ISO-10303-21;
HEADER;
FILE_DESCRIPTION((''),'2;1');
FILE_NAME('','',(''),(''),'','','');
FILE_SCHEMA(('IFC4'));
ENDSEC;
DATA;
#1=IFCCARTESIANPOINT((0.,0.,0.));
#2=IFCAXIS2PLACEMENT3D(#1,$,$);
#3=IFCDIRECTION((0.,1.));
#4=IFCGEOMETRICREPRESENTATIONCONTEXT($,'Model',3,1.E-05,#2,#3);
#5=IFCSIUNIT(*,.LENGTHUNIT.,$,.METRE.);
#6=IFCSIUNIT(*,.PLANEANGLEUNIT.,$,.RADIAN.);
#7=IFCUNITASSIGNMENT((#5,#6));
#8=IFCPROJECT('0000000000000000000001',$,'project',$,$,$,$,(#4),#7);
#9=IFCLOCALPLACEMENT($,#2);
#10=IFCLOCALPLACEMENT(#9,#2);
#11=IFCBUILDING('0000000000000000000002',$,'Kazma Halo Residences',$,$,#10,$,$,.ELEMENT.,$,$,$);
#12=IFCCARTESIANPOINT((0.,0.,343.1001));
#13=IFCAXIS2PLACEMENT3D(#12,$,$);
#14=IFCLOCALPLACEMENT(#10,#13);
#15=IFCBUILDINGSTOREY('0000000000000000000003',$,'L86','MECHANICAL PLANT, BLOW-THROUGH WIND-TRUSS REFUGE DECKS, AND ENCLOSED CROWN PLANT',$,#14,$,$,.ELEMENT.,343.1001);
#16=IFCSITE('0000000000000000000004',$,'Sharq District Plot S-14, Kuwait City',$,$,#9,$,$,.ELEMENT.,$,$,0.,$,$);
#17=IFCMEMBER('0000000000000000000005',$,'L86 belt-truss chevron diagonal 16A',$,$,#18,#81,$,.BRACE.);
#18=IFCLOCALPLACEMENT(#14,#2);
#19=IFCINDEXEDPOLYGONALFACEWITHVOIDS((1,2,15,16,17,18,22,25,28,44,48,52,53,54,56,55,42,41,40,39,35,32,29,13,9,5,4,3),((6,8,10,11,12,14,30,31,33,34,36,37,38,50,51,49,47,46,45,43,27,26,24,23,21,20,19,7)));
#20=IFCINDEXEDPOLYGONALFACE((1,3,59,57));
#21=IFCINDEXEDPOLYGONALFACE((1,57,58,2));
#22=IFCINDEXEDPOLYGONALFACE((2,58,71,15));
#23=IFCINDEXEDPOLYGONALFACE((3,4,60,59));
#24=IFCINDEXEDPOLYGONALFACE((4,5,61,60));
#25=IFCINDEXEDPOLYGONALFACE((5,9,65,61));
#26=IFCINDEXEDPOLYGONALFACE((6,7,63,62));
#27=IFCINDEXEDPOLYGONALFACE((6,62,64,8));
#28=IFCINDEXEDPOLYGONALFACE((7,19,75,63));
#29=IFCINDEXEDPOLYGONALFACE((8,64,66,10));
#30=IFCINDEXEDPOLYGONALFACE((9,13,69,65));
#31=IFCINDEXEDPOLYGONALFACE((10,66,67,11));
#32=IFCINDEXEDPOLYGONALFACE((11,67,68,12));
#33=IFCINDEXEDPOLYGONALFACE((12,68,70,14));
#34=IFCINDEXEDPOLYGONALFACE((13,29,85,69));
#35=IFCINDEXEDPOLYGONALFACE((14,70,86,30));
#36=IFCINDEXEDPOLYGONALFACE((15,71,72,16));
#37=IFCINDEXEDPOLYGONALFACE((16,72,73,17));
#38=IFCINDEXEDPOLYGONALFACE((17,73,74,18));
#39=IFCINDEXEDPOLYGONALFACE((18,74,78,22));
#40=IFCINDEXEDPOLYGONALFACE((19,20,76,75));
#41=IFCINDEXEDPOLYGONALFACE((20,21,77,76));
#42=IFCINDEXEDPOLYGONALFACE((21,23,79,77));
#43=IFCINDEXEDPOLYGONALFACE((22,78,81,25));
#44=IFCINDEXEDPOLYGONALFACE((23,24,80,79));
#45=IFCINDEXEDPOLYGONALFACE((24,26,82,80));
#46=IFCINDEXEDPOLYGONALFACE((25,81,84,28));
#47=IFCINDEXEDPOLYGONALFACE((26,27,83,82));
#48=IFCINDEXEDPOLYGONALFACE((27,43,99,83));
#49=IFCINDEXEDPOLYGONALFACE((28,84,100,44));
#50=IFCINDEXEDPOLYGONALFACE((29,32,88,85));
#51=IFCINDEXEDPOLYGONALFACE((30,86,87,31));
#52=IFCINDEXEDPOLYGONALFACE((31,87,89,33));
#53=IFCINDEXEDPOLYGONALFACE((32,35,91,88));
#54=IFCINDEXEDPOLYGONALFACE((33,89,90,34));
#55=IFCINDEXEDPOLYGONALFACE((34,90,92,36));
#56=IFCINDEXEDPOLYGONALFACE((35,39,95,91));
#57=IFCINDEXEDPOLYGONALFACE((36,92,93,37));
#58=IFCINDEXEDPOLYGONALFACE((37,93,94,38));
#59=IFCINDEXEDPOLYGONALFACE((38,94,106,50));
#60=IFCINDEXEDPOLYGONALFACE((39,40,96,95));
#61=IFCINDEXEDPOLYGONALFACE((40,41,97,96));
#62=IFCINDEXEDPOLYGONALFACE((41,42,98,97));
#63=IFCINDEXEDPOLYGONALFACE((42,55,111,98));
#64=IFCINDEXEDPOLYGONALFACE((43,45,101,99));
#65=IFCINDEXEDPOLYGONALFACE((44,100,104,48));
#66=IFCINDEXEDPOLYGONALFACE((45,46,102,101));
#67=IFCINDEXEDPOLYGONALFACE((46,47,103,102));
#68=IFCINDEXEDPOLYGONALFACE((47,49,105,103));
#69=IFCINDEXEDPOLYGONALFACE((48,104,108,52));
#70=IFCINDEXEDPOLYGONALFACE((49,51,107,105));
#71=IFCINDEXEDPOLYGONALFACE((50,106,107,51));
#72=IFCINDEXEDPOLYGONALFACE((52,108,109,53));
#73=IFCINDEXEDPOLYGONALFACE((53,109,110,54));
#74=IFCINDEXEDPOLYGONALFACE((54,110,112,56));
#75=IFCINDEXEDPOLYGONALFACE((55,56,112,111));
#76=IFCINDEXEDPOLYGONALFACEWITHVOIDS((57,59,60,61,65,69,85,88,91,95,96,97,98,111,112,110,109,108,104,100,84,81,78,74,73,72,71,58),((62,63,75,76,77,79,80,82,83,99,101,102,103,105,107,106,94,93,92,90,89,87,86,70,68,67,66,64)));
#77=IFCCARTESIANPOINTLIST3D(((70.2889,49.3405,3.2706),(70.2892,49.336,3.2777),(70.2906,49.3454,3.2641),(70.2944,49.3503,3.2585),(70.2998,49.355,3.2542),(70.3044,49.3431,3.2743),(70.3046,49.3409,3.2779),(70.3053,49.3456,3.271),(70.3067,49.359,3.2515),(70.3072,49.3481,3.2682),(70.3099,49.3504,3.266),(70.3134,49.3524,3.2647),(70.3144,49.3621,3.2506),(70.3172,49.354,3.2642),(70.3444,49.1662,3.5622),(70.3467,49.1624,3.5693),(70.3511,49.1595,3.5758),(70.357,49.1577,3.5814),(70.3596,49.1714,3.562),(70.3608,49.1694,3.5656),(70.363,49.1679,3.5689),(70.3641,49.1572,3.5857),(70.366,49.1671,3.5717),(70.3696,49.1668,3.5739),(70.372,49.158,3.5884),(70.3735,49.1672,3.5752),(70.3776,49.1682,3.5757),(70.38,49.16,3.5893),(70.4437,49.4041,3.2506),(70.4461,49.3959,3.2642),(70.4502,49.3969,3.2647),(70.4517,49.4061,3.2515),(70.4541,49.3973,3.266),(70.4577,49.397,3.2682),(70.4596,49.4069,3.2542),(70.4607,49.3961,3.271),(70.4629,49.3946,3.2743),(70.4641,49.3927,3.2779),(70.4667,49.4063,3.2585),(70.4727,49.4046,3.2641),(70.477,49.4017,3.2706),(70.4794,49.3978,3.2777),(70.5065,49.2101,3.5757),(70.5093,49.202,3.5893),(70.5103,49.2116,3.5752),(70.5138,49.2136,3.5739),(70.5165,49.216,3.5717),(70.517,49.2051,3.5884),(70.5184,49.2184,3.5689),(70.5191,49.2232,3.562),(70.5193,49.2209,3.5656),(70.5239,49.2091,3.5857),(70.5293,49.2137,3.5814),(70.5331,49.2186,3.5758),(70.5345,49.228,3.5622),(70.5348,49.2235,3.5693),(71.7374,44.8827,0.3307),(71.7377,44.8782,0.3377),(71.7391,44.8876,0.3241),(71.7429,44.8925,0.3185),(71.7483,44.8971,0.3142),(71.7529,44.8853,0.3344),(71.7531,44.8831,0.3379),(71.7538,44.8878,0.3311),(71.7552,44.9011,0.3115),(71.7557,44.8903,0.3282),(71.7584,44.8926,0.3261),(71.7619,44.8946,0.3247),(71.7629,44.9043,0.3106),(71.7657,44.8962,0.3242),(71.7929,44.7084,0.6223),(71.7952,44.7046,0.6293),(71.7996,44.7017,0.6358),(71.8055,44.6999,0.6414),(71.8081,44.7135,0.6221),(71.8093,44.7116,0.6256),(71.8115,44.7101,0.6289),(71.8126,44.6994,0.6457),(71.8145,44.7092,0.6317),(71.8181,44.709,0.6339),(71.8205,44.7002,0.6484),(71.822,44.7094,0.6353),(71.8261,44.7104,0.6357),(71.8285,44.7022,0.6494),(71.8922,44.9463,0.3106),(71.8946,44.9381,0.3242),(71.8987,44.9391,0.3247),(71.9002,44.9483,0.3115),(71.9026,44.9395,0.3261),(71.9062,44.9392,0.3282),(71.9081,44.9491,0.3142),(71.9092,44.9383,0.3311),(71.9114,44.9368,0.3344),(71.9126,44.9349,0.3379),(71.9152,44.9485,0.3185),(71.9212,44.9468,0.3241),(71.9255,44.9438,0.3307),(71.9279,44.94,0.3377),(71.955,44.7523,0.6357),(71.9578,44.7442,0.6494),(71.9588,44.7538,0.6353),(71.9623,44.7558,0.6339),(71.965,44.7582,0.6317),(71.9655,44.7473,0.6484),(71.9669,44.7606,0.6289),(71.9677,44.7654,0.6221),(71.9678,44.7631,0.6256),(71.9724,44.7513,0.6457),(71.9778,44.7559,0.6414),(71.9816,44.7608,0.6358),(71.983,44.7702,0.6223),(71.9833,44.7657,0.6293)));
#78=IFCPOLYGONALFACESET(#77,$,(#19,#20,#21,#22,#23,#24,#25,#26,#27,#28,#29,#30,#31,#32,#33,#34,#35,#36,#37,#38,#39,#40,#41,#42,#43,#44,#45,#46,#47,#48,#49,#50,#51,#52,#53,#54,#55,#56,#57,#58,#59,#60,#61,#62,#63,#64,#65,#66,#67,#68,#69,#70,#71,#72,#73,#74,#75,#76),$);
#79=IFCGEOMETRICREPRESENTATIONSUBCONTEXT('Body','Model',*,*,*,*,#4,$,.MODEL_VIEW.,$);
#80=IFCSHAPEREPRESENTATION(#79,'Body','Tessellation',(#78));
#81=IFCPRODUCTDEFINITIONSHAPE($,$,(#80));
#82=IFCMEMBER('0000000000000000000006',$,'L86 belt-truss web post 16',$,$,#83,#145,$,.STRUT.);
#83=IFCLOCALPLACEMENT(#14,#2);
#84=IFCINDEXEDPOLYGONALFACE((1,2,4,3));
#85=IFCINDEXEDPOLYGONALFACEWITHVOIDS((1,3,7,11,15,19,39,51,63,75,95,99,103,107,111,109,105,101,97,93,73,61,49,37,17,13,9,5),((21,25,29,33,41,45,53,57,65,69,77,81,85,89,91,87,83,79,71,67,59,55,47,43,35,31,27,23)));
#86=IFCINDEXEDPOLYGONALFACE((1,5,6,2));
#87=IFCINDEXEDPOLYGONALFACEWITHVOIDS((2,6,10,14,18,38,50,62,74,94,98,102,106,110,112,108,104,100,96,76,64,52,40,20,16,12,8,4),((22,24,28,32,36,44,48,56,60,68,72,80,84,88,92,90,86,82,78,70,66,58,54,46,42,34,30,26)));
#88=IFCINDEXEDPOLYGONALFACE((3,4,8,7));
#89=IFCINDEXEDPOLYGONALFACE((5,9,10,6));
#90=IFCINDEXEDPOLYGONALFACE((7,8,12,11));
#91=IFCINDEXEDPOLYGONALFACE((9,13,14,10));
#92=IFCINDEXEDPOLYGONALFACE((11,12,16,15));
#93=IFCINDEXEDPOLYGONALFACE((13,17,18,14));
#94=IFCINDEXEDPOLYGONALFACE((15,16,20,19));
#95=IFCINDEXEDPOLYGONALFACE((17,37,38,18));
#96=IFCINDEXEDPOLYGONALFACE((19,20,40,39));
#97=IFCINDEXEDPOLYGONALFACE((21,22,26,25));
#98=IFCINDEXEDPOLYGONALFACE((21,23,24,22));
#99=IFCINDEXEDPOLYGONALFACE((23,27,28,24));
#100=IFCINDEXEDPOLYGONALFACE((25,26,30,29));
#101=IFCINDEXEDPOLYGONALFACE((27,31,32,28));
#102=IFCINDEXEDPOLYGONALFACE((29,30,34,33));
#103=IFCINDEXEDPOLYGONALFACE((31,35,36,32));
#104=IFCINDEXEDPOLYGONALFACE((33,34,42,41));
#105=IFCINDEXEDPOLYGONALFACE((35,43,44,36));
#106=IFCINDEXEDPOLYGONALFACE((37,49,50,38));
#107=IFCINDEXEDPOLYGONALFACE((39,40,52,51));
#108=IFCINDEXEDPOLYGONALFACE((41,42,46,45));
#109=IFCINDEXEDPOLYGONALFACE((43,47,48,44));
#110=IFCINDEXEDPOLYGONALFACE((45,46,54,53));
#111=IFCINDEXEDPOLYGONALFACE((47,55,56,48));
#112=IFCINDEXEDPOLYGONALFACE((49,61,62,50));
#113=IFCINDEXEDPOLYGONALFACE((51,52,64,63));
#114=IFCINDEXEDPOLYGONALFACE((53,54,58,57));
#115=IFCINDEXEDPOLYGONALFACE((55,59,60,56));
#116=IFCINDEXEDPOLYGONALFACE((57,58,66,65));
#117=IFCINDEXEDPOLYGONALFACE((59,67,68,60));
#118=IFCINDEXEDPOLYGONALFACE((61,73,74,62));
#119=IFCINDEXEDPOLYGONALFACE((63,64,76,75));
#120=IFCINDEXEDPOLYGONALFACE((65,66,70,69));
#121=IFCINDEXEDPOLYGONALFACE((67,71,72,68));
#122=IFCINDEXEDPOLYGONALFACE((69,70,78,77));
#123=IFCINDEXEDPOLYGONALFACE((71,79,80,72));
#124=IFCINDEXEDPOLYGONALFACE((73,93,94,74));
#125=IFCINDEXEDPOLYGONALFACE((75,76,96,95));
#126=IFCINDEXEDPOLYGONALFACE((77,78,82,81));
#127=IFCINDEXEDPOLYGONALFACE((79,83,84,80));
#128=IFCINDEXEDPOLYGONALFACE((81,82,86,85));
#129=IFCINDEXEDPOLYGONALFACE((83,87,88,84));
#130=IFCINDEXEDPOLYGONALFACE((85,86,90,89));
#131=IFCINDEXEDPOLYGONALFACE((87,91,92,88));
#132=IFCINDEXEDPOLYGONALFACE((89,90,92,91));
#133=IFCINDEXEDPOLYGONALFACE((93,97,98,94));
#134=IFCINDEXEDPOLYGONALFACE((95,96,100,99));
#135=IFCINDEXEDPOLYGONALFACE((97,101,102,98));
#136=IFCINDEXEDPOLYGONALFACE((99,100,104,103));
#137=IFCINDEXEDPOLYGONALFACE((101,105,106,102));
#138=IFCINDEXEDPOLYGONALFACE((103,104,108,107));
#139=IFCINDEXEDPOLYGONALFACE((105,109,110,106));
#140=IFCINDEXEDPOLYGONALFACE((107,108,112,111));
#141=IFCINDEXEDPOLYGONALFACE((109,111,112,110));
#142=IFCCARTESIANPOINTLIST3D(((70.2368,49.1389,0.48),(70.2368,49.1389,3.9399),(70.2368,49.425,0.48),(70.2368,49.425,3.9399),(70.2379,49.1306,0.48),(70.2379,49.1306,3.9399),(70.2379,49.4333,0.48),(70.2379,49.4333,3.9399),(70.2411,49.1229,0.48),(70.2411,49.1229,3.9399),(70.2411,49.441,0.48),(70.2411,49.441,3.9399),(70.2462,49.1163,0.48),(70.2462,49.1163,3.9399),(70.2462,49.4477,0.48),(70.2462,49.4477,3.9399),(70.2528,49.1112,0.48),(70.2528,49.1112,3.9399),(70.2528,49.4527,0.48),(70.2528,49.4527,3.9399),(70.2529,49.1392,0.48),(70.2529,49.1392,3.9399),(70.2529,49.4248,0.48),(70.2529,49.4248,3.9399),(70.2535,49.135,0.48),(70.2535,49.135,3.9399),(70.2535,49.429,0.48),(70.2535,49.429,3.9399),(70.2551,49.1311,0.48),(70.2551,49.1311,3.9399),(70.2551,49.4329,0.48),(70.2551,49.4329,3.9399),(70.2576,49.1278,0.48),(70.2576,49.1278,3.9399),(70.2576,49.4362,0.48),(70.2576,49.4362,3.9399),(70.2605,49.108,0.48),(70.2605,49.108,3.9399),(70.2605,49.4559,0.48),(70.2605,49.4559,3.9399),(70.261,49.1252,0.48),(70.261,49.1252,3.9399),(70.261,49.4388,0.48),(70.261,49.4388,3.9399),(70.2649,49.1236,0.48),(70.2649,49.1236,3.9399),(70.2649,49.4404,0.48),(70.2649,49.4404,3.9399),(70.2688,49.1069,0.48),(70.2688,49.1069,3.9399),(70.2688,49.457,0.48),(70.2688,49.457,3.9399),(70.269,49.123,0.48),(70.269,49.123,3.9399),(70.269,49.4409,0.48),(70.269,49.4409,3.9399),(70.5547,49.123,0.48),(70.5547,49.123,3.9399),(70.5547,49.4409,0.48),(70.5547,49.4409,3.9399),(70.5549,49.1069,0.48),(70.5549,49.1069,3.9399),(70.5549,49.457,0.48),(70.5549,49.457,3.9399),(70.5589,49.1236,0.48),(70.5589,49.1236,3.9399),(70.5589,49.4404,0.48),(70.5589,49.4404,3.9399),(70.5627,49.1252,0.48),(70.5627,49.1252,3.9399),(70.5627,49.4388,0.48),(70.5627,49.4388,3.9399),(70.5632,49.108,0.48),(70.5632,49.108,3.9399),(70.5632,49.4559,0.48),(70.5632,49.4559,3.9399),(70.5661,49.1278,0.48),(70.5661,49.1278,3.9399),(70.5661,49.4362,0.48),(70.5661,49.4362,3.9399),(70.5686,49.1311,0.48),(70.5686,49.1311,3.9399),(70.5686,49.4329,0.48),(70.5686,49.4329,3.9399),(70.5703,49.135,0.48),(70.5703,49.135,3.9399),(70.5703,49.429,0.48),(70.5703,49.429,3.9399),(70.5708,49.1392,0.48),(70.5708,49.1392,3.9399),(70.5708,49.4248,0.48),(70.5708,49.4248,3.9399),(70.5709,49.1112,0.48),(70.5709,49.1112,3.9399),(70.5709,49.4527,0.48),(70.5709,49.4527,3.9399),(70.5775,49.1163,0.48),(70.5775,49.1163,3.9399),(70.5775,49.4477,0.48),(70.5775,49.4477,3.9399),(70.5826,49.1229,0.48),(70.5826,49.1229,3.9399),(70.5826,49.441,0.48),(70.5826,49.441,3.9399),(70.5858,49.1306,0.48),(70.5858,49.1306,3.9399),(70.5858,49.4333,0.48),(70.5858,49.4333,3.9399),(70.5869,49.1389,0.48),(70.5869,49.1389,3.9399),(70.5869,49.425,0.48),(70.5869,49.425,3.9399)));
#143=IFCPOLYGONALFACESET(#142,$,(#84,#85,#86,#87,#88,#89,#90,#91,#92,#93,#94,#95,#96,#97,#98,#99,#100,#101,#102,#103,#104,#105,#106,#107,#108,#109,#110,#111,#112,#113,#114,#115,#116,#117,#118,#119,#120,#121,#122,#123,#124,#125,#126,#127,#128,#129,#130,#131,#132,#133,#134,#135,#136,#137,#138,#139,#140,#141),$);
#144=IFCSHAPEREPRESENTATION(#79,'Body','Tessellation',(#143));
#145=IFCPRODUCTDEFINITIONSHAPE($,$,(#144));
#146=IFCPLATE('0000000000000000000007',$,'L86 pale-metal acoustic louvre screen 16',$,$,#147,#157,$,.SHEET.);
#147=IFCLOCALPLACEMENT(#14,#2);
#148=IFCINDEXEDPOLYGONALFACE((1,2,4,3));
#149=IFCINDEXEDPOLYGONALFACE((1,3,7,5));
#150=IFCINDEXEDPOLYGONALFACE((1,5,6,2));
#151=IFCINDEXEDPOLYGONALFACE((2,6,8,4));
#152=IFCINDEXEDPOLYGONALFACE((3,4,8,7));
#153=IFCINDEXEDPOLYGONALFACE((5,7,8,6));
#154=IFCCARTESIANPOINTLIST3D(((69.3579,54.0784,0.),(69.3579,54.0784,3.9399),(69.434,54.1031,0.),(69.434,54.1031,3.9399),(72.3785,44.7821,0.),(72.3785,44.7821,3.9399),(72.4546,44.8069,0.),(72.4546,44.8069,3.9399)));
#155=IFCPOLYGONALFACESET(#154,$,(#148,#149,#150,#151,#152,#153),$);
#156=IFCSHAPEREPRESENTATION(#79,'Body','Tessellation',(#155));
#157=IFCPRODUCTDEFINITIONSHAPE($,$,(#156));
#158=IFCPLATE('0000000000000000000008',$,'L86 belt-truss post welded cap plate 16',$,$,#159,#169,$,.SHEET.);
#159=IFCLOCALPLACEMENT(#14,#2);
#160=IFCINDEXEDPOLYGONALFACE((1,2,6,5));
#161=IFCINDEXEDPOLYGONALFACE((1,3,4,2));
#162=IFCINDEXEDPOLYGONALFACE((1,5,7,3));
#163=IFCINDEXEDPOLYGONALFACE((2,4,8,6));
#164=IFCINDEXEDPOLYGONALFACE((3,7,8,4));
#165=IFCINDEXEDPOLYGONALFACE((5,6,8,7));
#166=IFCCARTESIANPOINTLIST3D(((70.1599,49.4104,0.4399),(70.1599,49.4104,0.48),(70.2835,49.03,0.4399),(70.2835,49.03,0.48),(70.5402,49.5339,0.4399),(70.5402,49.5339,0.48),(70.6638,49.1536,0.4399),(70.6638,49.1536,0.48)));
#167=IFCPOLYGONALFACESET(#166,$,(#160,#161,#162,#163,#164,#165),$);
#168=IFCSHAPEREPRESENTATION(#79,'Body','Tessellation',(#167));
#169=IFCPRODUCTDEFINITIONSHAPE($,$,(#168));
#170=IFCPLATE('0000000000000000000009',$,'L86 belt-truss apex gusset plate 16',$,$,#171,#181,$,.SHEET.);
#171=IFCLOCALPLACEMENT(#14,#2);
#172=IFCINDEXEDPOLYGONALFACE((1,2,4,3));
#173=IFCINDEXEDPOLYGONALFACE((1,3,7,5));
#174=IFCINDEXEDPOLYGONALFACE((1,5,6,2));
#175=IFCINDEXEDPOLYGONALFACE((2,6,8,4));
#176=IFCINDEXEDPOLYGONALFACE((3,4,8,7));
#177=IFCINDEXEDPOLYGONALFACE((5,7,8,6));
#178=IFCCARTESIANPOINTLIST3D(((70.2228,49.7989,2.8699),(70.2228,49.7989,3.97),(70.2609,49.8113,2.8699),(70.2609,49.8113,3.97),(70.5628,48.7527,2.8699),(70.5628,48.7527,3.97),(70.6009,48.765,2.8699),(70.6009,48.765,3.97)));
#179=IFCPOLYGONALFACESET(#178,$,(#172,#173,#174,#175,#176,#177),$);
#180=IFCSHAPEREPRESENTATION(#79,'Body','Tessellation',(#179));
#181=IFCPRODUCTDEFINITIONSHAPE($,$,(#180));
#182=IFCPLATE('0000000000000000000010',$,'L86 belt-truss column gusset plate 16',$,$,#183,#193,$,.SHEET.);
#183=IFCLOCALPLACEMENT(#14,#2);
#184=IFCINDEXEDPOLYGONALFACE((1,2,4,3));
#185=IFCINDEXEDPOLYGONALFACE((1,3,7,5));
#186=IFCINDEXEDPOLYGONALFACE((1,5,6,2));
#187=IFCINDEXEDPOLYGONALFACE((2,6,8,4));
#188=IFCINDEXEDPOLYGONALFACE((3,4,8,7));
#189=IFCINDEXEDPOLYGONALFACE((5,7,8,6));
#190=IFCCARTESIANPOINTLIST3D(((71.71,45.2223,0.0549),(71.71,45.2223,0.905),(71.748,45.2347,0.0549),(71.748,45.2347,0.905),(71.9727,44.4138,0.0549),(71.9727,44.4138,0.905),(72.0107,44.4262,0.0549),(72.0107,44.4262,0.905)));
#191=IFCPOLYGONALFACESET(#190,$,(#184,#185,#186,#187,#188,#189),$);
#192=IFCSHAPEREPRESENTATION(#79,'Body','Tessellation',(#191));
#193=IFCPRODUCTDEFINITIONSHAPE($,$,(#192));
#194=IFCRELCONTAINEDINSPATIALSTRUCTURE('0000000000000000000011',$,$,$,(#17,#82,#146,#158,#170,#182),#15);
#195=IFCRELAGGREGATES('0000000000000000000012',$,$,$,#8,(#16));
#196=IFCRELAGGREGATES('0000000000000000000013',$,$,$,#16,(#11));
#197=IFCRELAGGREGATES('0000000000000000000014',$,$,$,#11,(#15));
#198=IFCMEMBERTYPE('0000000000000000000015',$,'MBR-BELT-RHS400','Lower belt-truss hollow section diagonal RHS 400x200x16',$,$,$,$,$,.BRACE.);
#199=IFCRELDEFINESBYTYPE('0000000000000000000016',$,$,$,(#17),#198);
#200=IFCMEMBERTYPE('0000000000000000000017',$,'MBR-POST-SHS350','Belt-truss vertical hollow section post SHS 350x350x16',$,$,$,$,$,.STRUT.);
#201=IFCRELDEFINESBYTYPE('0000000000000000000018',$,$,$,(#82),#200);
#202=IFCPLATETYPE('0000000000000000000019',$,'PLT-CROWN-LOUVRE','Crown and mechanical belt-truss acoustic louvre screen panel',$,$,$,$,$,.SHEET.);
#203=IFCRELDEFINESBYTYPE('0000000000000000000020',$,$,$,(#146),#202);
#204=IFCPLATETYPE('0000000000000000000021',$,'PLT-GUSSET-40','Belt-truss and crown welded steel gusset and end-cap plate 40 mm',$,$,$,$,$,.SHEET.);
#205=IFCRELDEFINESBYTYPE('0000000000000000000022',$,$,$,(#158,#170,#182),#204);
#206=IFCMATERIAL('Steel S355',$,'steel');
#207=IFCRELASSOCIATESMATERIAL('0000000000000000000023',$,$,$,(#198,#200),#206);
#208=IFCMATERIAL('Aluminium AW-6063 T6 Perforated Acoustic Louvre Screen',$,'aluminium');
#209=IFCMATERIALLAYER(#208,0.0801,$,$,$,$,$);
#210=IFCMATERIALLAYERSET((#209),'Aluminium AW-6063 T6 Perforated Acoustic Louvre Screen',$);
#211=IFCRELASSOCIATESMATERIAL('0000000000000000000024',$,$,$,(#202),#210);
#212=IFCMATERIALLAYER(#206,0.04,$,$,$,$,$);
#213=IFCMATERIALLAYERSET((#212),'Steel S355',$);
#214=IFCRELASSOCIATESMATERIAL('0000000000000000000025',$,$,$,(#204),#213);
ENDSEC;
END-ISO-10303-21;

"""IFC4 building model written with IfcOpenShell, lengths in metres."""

from ifc_helpers import new_model, si_unit, direction, frame, origin, origin_2d, place, context, subcontext, project, spatial, rectangle, hollow_rectangle, extrude, material, layer, layer_set, material_profile, profile_set, type_object, element, save


model = new_model("IFC4")

# Units and contexts
model_context = context("Model", 3, precision=1e-05, world=origin(), true_north=direction((0.0, 1.0)))
body_context = subcontext(model_context, "Body", "Model", "MODEL_VIEW")
ifc_project = project(units=[si_unit("LENGTHUNIT", "METRE"), si_unit("PLANEANGLEUNIT", "RADIAN")], contexts=[model_context])

# Site, building, storey
site_placement = place(None, origin())
site = spatial("IfcSite", under=ifc_project, at=site_placement, Name="Sharq District Plot S-14, Kuwait City", CompositionType="ELEMENT", RefElevation=0.0)
building_placement = place(site_placement, origin())
building = spatial("IfcBuilding", under=site, at=building_placement, Name="Kazma Halo Residences", CompositionType="ELEMENT")
storey_placement = place(building_placement, frame((0.0, 0.0, 343.1001)))
storey = spatial("IfcBuildingStorey", under=building, at=storey_placement, Name="L86", Description="MECHANICAL PLANT, BLOW-THROUGH WIND-TRUSS REFUGE DECKS, AND ENCLOSED CROWN PLANT", CompositionType="ELEMENT", Elevation=343.1001)

# Shared definitions
ifc_material_1 = material(Name="Steel S355", Category="steel")

# Members
ifc_material_profile_1 = material_profile(ifc_material_1, hollow_rectangle(XDim=0.2, YDim=0.3999, WallThickness=0.0161, InnerFilletRadius=0.0161, OuterFilletRadius=0.032, at=origin_2d()), Name="RHS400x200x16")
ifc_profile_set_1 = profile_set([ifc_material_profile_1], Name="Steel S355")
member_type_1 = type_object("IfcMemberType", Name="MBR-BELT-RHS400", Description="Lower belt-truss hollow section diagonal RHS 400x200x16", PredefinedType="BRACE", material=ifc_profile_set_1)
member_1_placement = place(storey_placement, frame((71.8604, 44.8242, 0.48), z_axis=(-0.261795, 0.805682, 0.531356), x_axis=(-0.951052, -0.309031, 0.0)))
element("IfcMember", 1, at=member_1_placement, inside=storey, type_object=member_type_1, Name="L86 belt-truss chevron diagonal 16A", PredefinedType="BRACE", context=body_context, shape_type="SweptSolid", body=[
    extrude(hollow_rectangle(XDim=0.2, YDim=0.3999, WallThickness=0.0161, InnerFilletRadius=0.0161, OuterFilletRadius=0.032, at=origin_2d()), origin(), (0.0, 0.0, 1.0), 5.533),
])
ifc_material_profile_2 = material_profile(ifc_material_1, hollow_rectangle(XDim=0.3501, YDim=0.3501, WallThickness=0.0161, InnerFilletRadius=0.0161, OuterFilletRadius=0.032, at=origin_2d()), Name="SHS350x350x16")
ifc_profile_set_2 = profile_set([ifc_material_profile_2], Name="Steel S355")
member_type_2 = type_object("IfcMemberType", Name="MBR-POST-SHS350", Description="Belt-truss vertical hollow section post SHS 350x350x16", PredefinedType="STRUT", material=ifc_profile_set_2)
member_2_placement = place(storey_placement, frame((70.4119, 49.282, 0.48), z_axis=(0.0, 0.0, 1.0), x_axis=(1.0, 0.0, 0.0)))
element("IfcMember", 2, at=member_2_placement, inside=storey, type_object=member_type_2, Name="L86 belt-truss web post 16", PredefinedType="STRUT", context=body_context, shape_type="SweptSolid", body=[
    extrude(hollow_rectangle(XDim=0.3501, YDim=0.3501, WallThickness=0.0161, InnerFilletRadius=0.0161, OuterFilletRadius=0.032, at=origin_2d()), origin(), (0.0, 0.0, 1.0), 3.46),
])

# Plates
ifc_material_2 = material(Name="Aluminium AW-6063 T6 Perforated Acoustic Louvre Screen", Category="aluminium")
ifc_layer_1 = layer(ifc_material_2, 0.0801)
ifc_layer_set_1 = layer_set([ifc_layer_1], Name="Aluminium AW-6063 T6 Perforated Acoustic Louvre Screen")
plate_type_1 = type_object("IfcPlateType", Name="PLT-CROWN-LOUVRE", Description="Crown and mechanical belt-truss acoustic louvre screen panel", PredefinedType="SHEET", material=ifc_layer_set_1)
plate_1_placement = place(storey_placement, frame((70.9062, 49.4426, 0.0), z_axis=(0.0, 0.0, 1.0), x_axis=(-0.309022, 0.951055, 0.0)))
element("IfcPlate", 3, at=plate_1_placement, inside=storey, type_object=plate_type_1, Name="L86 pale-metal acoustic louvre screen 16", PredefinedType="SHEET", context=body_context, shape_type="SweptSolid", body=[
    extrude(rectangle(XDim=9.7747, YDim=0.0801, at=origin_2d()), origin(), (0.0, 0.0, 1.0), 3.9399),
])
ifc_layer_2 = layer(ifc_material_1, 0.04)
ifc_layer_set_2 = layer_set([ifc_layer_2], Name="Steel S355")
plate_type_2 = type_object("IfcPlateType", Name="PLT-GUSSET-40", Description="Belt-truss and crown welded steel gusset and end-cap plate 40 mm", PredefinedType="SHEET", material=ifc_layer_set_2)
plate_2_placement = place(storey_placement, frame((70.4119, 49.282, 0.4399), z_axis=(0.0, 0.0, 1.0), x_axis=(-0.309022, 0.951055, 0.0)))
element("IfcPlate", 4, at=plate_2_placement, inside=storey, type_object=plate_type_2, Name="L86 belt-truss post welded cap plate 16", PredefinedType="SHEET", context=body_context, shape_type="SweptSolid", body=[
    extrude(rectangle(XDim=0.3999, YDim=0.3999, at=origin_2d()), origin(), (0.0, 0.0, 1.0), 0.04),
])
plate_3_placement = place(storey_placement, frame((70.4119, 49.282, 2.8699), z_axis=(0.0, 0.0, 1.0), x_axis=(-0.309022, 0.951055, 0.0)))
element("IfcPlate", 5, at=plate_3_placement, inside=storey, type_object=plate_type_2, Name="L86 belt-truss apex gusset plate 16", PredefinedType="SHEET", context=body_context, shape_type="SweptSolid", body=[
    extrude(rectangle(XDim=1.1001, YDim=0.04, at=origin_2d()), origin(), (0.0, 0.0, 1.0), 1.1001),
])
plate_4_placement = place(storey_placement, frame((71.8604, 44.8242, 0.0549), z_axis=(0.0, 0.0, 1.0), x_axis=(-0.309022, 0.951055, 0.0)))
element("IfcPlate", 6, at=plate_4_placement, inside=storey, type_object=plate_type_2, Name="L86 belt-truss column gusset plate 16", PredefinedType="SHEET", context=body_context, shape_type="SweptSolid", body=[
    extrude(rectangle(XDim=0.8501, YDim=0.04, at=origin_2d()), origin(), (0.0, 0.0, 1.0), 0.8501),
])

save(model, "model.ifc")
